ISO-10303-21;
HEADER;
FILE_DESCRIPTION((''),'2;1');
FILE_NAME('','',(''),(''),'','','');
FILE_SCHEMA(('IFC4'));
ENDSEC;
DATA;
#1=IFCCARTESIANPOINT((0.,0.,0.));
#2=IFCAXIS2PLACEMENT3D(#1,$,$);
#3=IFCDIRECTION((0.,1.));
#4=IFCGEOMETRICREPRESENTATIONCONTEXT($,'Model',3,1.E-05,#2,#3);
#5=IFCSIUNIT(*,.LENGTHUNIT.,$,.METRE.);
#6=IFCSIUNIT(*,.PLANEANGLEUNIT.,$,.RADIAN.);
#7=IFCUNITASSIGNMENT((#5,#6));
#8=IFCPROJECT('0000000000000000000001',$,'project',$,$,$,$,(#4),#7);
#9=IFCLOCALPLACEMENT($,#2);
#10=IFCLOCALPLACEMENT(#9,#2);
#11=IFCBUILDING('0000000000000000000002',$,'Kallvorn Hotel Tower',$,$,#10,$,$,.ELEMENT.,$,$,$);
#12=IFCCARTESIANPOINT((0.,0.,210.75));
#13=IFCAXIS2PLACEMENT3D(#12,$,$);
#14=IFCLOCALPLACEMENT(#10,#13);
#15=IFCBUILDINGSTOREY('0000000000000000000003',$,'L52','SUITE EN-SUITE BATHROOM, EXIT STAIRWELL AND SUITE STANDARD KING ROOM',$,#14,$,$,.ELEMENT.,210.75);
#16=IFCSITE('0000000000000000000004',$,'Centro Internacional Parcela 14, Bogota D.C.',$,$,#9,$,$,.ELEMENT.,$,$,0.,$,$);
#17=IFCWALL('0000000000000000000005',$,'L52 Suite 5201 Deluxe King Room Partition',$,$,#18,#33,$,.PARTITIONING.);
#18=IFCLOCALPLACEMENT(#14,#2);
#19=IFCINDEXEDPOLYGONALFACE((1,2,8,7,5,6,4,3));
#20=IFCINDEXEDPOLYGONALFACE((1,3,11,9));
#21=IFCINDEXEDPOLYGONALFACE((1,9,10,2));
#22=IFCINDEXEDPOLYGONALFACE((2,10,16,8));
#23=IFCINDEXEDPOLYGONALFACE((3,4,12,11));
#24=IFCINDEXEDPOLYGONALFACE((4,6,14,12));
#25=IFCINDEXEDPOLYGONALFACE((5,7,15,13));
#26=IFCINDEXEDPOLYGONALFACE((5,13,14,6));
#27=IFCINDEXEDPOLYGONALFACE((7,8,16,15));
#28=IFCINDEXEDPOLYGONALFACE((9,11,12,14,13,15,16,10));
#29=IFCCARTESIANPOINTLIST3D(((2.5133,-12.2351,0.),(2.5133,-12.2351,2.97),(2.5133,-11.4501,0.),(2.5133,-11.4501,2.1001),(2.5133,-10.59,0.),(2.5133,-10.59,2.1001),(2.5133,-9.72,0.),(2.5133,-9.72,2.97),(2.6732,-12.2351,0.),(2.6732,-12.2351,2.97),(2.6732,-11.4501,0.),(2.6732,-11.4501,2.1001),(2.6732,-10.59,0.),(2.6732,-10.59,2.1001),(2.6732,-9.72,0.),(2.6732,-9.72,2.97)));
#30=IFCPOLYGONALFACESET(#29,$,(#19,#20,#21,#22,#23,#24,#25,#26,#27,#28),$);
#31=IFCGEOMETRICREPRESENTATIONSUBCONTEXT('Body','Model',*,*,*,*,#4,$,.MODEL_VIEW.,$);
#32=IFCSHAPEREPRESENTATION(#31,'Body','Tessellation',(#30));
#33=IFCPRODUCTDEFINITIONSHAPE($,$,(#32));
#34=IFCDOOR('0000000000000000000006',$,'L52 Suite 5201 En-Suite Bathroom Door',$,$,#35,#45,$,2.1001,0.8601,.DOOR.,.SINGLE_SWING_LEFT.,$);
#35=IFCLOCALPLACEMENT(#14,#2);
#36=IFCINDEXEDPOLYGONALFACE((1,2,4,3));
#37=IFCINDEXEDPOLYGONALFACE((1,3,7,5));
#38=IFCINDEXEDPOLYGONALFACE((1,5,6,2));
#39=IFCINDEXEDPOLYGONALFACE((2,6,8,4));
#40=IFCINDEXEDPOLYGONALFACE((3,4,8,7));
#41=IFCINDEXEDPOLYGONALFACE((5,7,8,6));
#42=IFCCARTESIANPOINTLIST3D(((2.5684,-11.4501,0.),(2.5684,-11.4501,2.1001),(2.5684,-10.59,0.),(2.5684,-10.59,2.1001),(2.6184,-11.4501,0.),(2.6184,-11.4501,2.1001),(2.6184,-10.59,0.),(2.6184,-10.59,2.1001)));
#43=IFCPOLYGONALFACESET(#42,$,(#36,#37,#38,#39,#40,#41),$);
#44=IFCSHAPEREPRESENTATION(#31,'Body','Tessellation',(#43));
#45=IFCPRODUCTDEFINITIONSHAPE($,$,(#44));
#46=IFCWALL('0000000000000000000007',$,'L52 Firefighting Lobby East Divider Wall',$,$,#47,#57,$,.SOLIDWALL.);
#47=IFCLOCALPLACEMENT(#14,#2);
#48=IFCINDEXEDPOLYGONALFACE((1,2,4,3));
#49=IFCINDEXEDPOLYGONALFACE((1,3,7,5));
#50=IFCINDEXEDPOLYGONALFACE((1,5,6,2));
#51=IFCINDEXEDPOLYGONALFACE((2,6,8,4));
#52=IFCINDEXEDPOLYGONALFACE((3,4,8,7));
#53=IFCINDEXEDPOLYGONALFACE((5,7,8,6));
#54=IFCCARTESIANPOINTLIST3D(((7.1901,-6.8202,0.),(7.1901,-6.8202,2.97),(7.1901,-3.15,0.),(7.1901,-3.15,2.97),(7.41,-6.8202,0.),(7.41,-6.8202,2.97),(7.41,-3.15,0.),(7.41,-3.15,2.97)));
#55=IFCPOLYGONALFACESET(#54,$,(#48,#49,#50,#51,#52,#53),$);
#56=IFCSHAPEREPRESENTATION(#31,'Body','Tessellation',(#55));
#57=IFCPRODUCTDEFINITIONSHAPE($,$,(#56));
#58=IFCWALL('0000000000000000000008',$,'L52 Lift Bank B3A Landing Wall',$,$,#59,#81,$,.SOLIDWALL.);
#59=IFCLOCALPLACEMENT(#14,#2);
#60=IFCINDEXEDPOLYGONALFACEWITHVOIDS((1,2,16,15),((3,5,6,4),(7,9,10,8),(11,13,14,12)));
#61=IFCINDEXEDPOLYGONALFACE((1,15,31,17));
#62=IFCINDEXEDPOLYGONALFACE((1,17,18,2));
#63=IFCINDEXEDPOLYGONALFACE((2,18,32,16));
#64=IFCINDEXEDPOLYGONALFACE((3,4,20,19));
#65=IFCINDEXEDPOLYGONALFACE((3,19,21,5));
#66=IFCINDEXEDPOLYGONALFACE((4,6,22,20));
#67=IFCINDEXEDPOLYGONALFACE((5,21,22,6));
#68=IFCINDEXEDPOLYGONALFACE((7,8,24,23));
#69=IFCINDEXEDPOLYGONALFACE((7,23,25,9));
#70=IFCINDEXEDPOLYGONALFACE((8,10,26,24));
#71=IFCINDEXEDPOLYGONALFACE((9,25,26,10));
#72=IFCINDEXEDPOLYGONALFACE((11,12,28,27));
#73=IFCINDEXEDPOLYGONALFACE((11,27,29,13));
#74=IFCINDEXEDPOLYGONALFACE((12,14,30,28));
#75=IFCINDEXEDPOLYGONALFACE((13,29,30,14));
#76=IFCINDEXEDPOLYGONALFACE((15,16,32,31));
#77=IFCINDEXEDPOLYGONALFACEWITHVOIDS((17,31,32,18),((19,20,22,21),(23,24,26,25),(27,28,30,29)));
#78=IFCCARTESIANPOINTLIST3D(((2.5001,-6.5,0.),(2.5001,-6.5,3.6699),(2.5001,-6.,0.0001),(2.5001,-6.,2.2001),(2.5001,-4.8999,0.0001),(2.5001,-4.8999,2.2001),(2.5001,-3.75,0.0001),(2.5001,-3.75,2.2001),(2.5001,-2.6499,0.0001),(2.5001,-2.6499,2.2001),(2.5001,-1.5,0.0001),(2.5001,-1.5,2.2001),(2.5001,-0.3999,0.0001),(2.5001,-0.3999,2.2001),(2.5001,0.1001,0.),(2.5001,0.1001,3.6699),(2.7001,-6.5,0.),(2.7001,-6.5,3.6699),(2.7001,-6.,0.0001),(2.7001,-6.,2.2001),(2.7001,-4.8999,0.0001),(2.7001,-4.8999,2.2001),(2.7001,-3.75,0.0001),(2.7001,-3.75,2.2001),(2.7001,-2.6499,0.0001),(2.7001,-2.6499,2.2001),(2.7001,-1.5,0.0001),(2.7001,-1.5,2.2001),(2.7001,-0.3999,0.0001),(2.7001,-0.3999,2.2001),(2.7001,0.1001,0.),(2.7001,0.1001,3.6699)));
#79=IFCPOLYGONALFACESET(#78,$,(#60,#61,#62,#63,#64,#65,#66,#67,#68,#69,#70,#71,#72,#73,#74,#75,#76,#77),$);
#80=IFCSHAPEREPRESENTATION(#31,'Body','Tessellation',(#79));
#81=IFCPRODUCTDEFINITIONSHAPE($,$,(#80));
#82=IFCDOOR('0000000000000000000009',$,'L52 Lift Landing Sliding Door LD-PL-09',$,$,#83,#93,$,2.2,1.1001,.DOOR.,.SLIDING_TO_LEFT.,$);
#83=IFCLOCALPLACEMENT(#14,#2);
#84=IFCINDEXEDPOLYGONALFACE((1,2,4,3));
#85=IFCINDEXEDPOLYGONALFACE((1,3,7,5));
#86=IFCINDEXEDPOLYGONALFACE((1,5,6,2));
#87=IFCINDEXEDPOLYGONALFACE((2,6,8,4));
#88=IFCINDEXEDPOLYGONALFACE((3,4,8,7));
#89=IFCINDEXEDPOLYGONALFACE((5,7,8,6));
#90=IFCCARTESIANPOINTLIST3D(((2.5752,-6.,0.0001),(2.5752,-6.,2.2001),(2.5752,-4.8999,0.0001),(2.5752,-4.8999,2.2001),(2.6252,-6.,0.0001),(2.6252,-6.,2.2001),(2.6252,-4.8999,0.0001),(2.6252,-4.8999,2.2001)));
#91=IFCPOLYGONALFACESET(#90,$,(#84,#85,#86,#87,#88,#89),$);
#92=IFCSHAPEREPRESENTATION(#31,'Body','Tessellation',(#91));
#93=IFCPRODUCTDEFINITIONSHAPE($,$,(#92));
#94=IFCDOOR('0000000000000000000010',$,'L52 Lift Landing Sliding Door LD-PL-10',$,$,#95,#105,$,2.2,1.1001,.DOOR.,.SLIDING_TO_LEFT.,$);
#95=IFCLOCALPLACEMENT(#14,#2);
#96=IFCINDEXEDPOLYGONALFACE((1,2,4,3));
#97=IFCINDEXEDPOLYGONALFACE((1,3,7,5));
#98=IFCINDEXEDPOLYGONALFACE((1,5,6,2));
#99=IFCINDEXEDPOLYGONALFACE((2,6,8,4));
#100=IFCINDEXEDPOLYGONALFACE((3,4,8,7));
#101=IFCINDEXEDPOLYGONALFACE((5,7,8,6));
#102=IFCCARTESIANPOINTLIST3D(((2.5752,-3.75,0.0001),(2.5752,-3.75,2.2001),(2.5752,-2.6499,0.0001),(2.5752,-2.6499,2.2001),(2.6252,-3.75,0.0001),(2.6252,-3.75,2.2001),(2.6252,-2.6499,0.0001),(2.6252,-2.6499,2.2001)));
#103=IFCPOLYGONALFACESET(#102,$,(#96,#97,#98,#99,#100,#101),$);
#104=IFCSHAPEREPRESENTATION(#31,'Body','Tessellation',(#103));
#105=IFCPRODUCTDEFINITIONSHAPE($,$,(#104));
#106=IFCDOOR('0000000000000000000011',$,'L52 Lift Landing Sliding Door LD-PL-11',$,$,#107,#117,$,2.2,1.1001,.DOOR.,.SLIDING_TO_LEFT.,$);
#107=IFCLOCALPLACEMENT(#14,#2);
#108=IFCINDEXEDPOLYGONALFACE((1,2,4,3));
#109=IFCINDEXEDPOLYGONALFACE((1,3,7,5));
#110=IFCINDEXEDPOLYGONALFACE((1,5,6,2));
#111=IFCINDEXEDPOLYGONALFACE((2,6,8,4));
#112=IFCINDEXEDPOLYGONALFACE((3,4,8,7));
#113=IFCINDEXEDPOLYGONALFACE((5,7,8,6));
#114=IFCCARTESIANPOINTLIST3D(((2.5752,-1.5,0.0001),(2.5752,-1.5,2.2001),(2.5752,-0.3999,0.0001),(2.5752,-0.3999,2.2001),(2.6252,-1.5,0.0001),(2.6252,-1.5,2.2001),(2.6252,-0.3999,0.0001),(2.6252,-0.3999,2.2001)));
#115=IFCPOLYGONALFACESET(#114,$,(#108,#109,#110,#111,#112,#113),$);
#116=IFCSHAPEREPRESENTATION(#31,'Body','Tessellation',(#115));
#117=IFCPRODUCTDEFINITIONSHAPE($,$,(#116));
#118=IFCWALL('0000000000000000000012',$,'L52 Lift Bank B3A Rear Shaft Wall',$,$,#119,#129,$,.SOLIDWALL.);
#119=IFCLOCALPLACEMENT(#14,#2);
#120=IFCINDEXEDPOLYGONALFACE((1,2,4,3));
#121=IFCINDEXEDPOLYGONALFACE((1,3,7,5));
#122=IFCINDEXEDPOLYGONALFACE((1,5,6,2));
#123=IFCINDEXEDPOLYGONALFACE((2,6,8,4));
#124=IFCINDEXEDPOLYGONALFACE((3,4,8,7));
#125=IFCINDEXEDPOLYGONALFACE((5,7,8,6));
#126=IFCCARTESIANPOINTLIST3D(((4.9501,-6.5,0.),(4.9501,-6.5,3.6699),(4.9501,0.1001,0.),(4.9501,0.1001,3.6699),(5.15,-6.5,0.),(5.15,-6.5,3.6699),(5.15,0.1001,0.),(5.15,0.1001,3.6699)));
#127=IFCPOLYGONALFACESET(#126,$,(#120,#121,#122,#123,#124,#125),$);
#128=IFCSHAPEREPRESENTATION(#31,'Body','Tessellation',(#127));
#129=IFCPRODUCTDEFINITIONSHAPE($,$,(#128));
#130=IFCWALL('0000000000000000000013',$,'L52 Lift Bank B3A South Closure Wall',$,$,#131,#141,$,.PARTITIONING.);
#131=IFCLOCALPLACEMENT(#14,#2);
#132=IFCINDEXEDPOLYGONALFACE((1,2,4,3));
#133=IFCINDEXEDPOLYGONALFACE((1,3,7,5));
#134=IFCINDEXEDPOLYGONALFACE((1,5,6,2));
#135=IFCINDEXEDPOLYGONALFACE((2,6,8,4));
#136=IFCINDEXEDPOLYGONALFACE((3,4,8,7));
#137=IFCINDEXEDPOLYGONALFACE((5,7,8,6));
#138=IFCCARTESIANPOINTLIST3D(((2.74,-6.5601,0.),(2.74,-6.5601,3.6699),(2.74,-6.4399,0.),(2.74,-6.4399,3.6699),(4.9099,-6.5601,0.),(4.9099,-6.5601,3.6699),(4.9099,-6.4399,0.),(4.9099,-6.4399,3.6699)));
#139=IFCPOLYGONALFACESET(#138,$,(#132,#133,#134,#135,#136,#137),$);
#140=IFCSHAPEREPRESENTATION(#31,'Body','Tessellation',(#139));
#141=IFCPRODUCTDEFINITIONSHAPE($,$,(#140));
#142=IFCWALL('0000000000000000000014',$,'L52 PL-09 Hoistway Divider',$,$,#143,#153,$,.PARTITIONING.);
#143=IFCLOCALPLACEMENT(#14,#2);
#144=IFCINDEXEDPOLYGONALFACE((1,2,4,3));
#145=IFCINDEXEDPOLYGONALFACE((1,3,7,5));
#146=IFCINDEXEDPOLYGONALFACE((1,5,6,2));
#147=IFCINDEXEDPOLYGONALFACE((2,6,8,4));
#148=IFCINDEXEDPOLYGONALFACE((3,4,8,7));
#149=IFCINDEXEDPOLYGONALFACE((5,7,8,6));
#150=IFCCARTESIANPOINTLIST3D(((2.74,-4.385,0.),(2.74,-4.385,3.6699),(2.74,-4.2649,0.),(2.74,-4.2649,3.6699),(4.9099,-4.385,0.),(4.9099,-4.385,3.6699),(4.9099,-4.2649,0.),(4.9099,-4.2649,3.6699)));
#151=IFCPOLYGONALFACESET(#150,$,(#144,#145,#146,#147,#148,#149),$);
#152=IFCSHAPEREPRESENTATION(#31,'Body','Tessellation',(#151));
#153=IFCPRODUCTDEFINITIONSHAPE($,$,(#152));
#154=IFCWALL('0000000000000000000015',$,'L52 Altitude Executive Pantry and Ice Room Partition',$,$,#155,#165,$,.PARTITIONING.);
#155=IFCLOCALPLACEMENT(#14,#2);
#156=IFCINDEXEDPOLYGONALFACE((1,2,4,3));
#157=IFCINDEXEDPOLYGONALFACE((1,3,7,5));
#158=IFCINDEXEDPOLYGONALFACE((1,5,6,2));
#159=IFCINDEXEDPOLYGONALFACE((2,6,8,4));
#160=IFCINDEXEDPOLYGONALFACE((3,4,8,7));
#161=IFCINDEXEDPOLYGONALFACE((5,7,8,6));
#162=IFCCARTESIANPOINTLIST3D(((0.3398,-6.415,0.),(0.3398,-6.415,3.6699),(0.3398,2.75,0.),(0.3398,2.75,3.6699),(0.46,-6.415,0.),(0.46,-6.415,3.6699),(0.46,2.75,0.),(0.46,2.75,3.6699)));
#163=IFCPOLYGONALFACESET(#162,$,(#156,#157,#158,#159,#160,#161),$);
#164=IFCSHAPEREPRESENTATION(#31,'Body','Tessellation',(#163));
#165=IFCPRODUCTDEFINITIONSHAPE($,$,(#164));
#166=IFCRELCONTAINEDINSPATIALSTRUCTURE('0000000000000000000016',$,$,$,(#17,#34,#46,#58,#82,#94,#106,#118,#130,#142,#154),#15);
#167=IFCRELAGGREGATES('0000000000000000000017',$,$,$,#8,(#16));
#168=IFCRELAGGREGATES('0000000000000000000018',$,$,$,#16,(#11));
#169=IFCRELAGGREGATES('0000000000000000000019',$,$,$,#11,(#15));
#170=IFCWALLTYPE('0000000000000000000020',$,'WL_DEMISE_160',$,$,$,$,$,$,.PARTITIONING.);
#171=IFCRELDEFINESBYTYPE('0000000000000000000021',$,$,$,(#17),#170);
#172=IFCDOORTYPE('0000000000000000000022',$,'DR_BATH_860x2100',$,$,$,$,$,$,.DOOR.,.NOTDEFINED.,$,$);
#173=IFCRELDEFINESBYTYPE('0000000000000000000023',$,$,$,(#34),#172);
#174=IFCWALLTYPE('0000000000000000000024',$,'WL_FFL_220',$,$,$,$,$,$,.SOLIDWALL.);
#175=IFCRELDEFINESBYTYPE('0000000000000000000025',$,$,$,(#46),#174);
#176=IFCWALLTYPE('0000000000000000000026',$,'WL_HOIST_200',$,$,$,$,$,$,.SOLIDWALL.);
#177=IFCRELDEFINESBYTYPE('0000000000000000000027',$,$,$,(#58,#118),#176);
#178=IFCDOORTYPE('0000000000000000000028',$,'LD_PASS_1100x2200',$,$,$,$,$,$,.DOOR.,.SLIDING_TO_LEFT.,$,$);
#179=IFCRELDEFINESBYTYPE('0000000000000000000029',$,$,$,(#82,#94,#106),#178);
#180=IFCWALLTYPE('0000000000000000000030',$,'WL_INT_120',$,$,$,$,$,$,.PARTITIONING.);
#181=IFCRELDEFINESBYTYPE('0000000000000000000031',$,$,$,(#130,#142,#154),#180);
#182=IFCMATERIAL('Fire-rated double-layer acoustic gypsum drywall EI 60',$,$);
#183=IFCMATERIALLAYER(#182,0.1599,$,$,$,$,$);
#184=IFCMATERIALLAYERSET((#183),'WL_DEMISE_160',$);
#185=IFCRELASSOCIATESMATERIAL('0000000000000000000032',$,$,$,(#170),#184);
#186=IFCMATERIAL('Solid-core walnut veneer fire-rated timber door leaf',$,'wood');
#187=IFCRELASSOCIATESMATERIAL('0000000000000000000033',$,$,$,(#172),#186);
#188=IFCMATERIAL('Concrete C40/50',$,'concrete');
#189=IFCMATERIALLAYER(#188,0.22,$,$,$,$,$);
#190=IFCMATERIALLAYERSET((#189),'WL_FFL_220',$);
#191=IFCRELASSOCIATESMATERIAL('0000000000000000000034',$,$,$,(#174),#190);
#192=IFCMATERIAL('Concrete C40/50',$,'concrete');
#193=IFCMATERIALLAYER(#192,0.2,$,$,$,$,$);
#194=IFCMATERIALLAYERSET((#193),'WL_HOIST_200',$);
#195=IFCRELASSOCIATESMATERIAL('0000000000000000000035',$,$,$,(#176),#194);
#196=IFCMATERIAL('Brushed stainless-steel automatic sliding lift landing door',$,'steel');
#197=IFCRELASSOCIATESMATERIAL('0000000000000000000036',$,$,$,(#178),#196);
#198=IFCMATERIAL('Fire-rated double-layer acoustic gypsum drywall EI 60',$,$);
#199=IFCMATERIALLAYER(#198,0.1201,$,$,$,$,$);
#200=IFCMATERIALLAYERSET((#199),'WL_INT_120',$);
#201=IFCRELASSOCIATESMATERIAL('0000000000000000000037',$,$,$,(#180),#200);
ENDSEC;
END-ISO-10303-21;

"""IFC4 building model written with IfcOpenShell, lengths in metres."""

from ifc_helpers import new_model, si_unit, direction, frame, frame_2d, origin, place, context, subcontext, project, spatial, rectangle, extrude, material, layer, layer_set, type_object, element, fill, save


model = new_model("IFC4")

# Units and contexts
model_context = context("Model", 3, precision=1e-05, world=origin(), true_north=direction((0.0, 1.0)))
body_context = subcontext(model_context, "Body", "Model", "MODEL_VIEW")
ifc_project = project(units=[si_unit("LENGTHUNIT", "METRE"), si_unit("PLANEANGLEUNIT", "RADIAN")], contexts=[model_context])

# Site, building, storey
site_placement = place(None, origin())
site = spatial("IfcSite", under=ifc_project, at=site_placement, Name="Centro Internacional Parcela 14, Bogota D.C.", CompositionType="ELEMENT", RefElevation=0.0)
building_placement = place(site_placement, origin())
building = spatial("IfcBuilding", under=site, at=building_placement, Name="Kallvorn Hotel Tower", CompositionType="ELEMENT")
storey_placement = place(building_placement, frame((0.0, 0.0, 210.75)))
storey = spatial("IfcBuildingStorey", under=building, at=storey_placement, Name="L52", Description="SUITE EN-SUITE BATHROOM, EXIT STAIRWELL AND SUITE STANDARD KING ROOM", CompositionType="ELEMENT", Elevation=210.75)

# Shared definitions
ifc_material_1 = material(Name="Fire-rated double-layer acoustic gypsum drywall EI 60")
ifc_layer_1 = layer(ifc_material_1, 0.1599)
ifc_layer_set_1 = layer_set([ifc_layer_1], Name="WL_DEMISE_160")
wall_type_1 = type_object("IfcWallType", Name="WL_DEMISE_160", PredefinedType="PARTITIONING", material=ifc_layer_set_1)

# Wall, opening, door
wall_1_placement = place(storey_placement, frame((2.5933, -12.2351, 0.0), z_axis=(0.0, 0.0, 1.0), x_axis=(0.0, 1.0, 0.0)))
wall_1 = element("IfcWall", 1, at=wall_1_placement, inside=storey, type_object=wall_type_1, Name="L52 Suite 5201 Deluxe King Room Partition", PredefinedType="PARTITIONING", context=body_context, shape_type="SweptSolid", body=[
    extrude(rectangle(XDim=2.5151, YDim=0.1599, at=frame_2d((1.2576, 0.0))), origin(), (0.0, 0.0, 1.0), 2.97),
])
opening_1_placement = place(wall_1_placement, frame((0.7849, 0.0, 0.0)))
opening_1 = element("IfcOpeningElement", 2, at=opening_1_placement, cuts=wall_1, PredefinedType="OPENING", context=body_context, shape_type="SweptSolid", body=[
    extrude(rectangle(XDim=0.8601, YDim=2.1001, at=frame_2d((0.4302, 1.05))), frame((0.0, 0.095, 0.0), z_axis=(0.0, -1.0, 0.0), x_axis=(1.0, 0.0, 0.0)), (0.0, 0.0, 1.0), 0.1899),
])
ifc_material_2 = material(Name="Solid-core walnut veneer fire-rated timber door leaf", Category="wood")
door_type_1 = type_object("IfcDoorType", Name="DR_BATH_860x2100", OperationType="NOTDEFINED", PredefinedType="DOOR", material=ifc_material_2)
door_1_placement = place(opening_1_placement, origin())
door_1 = element("IfcDoor", 3, at=door_1_placement, inside=storey, type_object=door_type_1, Name="L52 Suite 5201 En-Suite Bathroom Door", OperationType="SINGLE_SWING_LEFT", OverallHeight=2.1001, OverallWidth=0.8601, PredefinedType="DOOR", context=body_context, shape_type="SweptSolid", body=[
    extrude(rectangle(XDim=0.8601, YDim=2.1001, at=frame_2d((0.4302, 1.05))), frame((0.0, 0.0249, 0.0), z_axis=(0.0, -1.0, 0.0), x_axis=(1.0, 0.0, 0.0)), (0.0, 0.0, 1.0), 0.05),
])
fill(opening_1, door_1)

# Wall
ifc_material_3 = material(Name="Concrete C40/50", Category="concrete")
ifc_layer_2 = layer(ifc_material_3, 0.22)
ifc_layer_set_2 = layer_set([ifc_layer_2], Name="WL_FFL_220")
wall_type_2 = type_object("IfcWallType", Name="WL_FFL_220", PredefinedType="SOLIDWALL", material=ifc_layer_set_2)
wall_2_placement = place(storey_placement, frame((7.3, -6.8201, 0.0), z_axis=(0.0, 0.0, 1.0), x_axis=(0.0, 1.0, 0.0)))
element("IfcWall", 4, at=wall_2_placement, inside=storey, type_object=wall_type_2, Name="L52 Firefighting Lobby East Divider Wall", PredefinedType="SOLIDWALL", context=body_context, shape_type="SweptSolid", body=[
    extrude(rectangle(XDim=3.6702, YDim=0.22, at=frame_2d((1.835, 0.0))), origin(), (0.0, 0.0, 1.0), 2.97),
])

# Wall, openings, doors
ifc_material_4 = material(Name="Concrete C40/50", Category="concrete")
ifc_layer_3 = layer(ifc_material_4, 0.2)
ifc_layer_set_3 = layer_set([ifc_layer_3], Name="WL_HOIST_200")
wall_type_3 = type_object("IfcWallType", Name="WL_HOIST_200", PredefinedType="SOLIDWALL", material=ifc_layer_set_3)
wall_3_placement = place(storey_placement, frame((2.6001, -6.5, 0.0), z_axis=(0.0, 0.0, 1.0), x_axis=(0.0, 1.0, 0.0)))
wall_3 = element("IfcWall", 5, at=wall_3_placement, inside=storey, type_object=wall_type_3, Name="L52 Lift Bank B3A Landing Wall", PredefinedType="SOLIDWALL", context=body_context, shape_type="SweptSolid", body=[
    extrude(rectangle(XDim=6.6001, YDim=0.2, at=frame_2d((3.3, 0.0))), origin(), (0.0, 0.0, 1.0), 3.6699),
])
opening_2_placement = place(wall_3_placement, frame((0.5, 0.0, 0.0)))
opening_2 = element("IfcOpeningElement", 6, at=opening_2_placement, cuts=wall_3, PredefinedType="OPENING", context=body_context, shape_type="SweptSolid", body=[
    extrude(rectangle(XDim=1.1001, YDim=2.2, at=frame_2d((0.55, 1.1001))), frame((0.0, 0.115, 0.0), z_axis=(0.0, -1.0, 0.0), x_axis=(1.0, 0.0, 0.0)), (0.0, 0.0, 1.0), 0.23),
])
opening_3_placement = place(wall_3_placement, frame((2.75, 0.0, 0.0)))
opening_3 = element("IfcOpeningElement", 7, at=opening_3_placement, cuts=wall_3, PredefinedType="OPENING", context=body_context, shape_type="SweptSolid", body=[
    extrude(rectangle(XDim=1.1001, YDim=2.2, at=frame_2d((0.55, 1.1001))), frame((0.0, 0.115, 0.0), z_axis=(0.0, -1.0, 0.0), x_axis=(1.0, 0.0, 0.0)), (0.0, 0.0, 1.0), 0.23),
])
opening_4_placement = place(wall_3_placement, frame((5.0, 0.0, 0.0)))
opening_4 = element("IfcOpeningElement", 8, at=opening_4_placement, cuts=wall_3, PredefinedType="OPENING", context=body_context, shape_type="SweptSolid", body=[
    extrude(rectangle(XDim=1.1001, YDim=2.2, at=frame_2d((0.55, 1.1001))), frame((0.0, 0.115, 0.0), z_axis=(0.0, -1.0, 0.0), x_axis=(1.0, 0.0, 0.0)), (0.0, 0.0, 1.0), 0.23),
])
ifc_material_5 = material(Name="Brushed stainless-steel automatic sliding lift landing door", Category="steel")
door_type_2 = type_object("IfcDoorType", Name="LD_PASS_1100x2200", OperationType="SLIDING_TO_LEFT", PredefinedType="DOOR", material=ifc_material_5)
door_2_placement = place(opening_2_placement, origin())
door_2 = element("IfcDoor", 9, at=door_2_placement, inside=storey, type_object=door_type_2, Name="L52 Lift Landing Sliding Door LD-PL-09", OperationType="SLIDING_TO_LEFT", OverallHeight=2.2, OverallWidth=1.1001, PredefinedType="DOOR", context=body_context, shape_type="SweptSolid", body=[
    extrude(rectangle(XDim=1.1001, YDim=2.2, at=frame_2d((0.55, 1.1001))), frame((0.0, 0.0249, 0.0), z_axis=(0.0, -1.0, 0.0), x_axis=(1.0, 0.0, 0.0)), (0.0, 0.0, 1.0), 0.05),
])
fill(opening_2, door_2)
door_3_placement = place(opening_3_placement, origin())
door_3 = element("IfcDoor", 10, at=door_3_placement, inside=storey, type_object=door_type_2, Name="L52 Lift Landing Sliding Door LD-PL-10", OperationType="SLIDING_TO_LEFT", OverallHeight=2.2, OverallWidth=1.1001, PredefinedType="DOOR", context=body_context, shape_type="SweptSolid", body=[
    extrude(rectangle(XDim=1.1001, YDim=2.2, at=frame_2d((0.55, 1.1001))), frame((0.0, 0.0249, 0.0), z_axis=(0.0, -1.0, 0.0), x_axis=(1.0, 0.0, 0.0)), (0.0, 0.0, 1.0), 0.05),
])
fill(opening_3, door_3)
door_4_placement = place(opening_4_placement, origin())
door_4 = element("IfcDoor", 11, at=door_4_placement, inside=storey, type_object=door_type_2, Name="L52 Lift Landing Sliding Door LD-PL-11", OperationType="SLIDING_TO_LEFT", OverallHeight=2.2, OverallWidth=1.1001, PredefinedType="DOOR", context=body_context, shape_type="SweptSolid", body=[
    extrude(rectangle(XDim=1.1001, YDim=2.2, at=frame_2d((0.55, 1.1001))), frame((0.0, 0.0249, 0.0), z_axis=(0.0, -1.0, 0.0), x_axis=(1.0, 0.0, 0.0)), (0.0, 0.0, 1.0), 0.05),
])
fill(opening_4, door_4)

# Walls
wall_4_placement = place(storey_placement, frame((5.05, -6.5, 0.0), z_axis=(0.0, 0.0, 1.0), x_axis=(0.0, 1.0, 0.0)))
element("IfcWall", 12, at=wall_4_placement, inside=storey, type_object=wall_type_3, Name="L52 Lift Bank B3A Rear Shaft Wall", PredefinedType="SOLIDWALL", context=body_context, shape_type="SweptSolid", body=[
    extrude(rectangle(XDim=6.6001, YDim=0.2, at=frame_2d((3.3, 0.0))), origin(), (0.0, 0.0, 1.0), 3.6699),
])
ifc_material_6 = material(Name="Fire-rated double-layer acoustic gypsum drywall EI 60")
ifc_layer_4 = layer(ifc_material_6, 0.1201)
ifc_layer_set_4 = layer_set([ifc_layer_4], Name="WL_INT_120")
wall_type_4 = type_object("IfcWallType", Name="WL_INT_120", PredefinedType="PARTITIONING", material=ifc_layer_set_4)
for number, where, z_axis, x_axis, name in (
    (13, (2.74, -6.5, 0.0), (0.0, 0.0, 1.0), (1.0, 0.0, 0.0), "L52 Lift Bank B3A South Closure Wall"),
    (14, (2.74, -4.325, 0.0), (0.0, 0.0, 1.0), (1.0, 0.0, 0.0), "L52 PL-09 Hoistway Divider"),
):
    element("IfcWall", number, at=place(storey_placement, frame(where, z_axis=z_axis, x_axis=x_axis)), inside=storey, type_object=wall_type_4, Name=name, PredefinedType="PARTITIONING", context=body_context, shape_type="SweptSolid", body=[
        extrude(rectangle(XDim=2.1699, YDim=0.1201, at=frame_2d((1.085, 0.0))), origin(), (0.0, 0.0, 1.0), 3.6699),
    ])
wall_5_placement = place(storey_placement, frame((0.3999, -6.415, 0.0), z_axis=(0.0, 0.0, 1.0), x_axis=(0.0, 1.0, 0.0)))
element("IfcWall", 15, at=wall_5_placement, inside=storey, type_object=wall_type_4, Name="L52 Altitude Executive Pantry and Ice Room Partition", PredefinedType="PARTITIONING", context=body_context, shape_type="SweptSolid", body=[
    extrude(rectangle(XDim=9.165, YDim=0.1201, at=frame_2d((4.5825, 0.0))), origin(), (0.0, 0.0, 1.0), 3.6699),
])

save(model, "model.ifc")
